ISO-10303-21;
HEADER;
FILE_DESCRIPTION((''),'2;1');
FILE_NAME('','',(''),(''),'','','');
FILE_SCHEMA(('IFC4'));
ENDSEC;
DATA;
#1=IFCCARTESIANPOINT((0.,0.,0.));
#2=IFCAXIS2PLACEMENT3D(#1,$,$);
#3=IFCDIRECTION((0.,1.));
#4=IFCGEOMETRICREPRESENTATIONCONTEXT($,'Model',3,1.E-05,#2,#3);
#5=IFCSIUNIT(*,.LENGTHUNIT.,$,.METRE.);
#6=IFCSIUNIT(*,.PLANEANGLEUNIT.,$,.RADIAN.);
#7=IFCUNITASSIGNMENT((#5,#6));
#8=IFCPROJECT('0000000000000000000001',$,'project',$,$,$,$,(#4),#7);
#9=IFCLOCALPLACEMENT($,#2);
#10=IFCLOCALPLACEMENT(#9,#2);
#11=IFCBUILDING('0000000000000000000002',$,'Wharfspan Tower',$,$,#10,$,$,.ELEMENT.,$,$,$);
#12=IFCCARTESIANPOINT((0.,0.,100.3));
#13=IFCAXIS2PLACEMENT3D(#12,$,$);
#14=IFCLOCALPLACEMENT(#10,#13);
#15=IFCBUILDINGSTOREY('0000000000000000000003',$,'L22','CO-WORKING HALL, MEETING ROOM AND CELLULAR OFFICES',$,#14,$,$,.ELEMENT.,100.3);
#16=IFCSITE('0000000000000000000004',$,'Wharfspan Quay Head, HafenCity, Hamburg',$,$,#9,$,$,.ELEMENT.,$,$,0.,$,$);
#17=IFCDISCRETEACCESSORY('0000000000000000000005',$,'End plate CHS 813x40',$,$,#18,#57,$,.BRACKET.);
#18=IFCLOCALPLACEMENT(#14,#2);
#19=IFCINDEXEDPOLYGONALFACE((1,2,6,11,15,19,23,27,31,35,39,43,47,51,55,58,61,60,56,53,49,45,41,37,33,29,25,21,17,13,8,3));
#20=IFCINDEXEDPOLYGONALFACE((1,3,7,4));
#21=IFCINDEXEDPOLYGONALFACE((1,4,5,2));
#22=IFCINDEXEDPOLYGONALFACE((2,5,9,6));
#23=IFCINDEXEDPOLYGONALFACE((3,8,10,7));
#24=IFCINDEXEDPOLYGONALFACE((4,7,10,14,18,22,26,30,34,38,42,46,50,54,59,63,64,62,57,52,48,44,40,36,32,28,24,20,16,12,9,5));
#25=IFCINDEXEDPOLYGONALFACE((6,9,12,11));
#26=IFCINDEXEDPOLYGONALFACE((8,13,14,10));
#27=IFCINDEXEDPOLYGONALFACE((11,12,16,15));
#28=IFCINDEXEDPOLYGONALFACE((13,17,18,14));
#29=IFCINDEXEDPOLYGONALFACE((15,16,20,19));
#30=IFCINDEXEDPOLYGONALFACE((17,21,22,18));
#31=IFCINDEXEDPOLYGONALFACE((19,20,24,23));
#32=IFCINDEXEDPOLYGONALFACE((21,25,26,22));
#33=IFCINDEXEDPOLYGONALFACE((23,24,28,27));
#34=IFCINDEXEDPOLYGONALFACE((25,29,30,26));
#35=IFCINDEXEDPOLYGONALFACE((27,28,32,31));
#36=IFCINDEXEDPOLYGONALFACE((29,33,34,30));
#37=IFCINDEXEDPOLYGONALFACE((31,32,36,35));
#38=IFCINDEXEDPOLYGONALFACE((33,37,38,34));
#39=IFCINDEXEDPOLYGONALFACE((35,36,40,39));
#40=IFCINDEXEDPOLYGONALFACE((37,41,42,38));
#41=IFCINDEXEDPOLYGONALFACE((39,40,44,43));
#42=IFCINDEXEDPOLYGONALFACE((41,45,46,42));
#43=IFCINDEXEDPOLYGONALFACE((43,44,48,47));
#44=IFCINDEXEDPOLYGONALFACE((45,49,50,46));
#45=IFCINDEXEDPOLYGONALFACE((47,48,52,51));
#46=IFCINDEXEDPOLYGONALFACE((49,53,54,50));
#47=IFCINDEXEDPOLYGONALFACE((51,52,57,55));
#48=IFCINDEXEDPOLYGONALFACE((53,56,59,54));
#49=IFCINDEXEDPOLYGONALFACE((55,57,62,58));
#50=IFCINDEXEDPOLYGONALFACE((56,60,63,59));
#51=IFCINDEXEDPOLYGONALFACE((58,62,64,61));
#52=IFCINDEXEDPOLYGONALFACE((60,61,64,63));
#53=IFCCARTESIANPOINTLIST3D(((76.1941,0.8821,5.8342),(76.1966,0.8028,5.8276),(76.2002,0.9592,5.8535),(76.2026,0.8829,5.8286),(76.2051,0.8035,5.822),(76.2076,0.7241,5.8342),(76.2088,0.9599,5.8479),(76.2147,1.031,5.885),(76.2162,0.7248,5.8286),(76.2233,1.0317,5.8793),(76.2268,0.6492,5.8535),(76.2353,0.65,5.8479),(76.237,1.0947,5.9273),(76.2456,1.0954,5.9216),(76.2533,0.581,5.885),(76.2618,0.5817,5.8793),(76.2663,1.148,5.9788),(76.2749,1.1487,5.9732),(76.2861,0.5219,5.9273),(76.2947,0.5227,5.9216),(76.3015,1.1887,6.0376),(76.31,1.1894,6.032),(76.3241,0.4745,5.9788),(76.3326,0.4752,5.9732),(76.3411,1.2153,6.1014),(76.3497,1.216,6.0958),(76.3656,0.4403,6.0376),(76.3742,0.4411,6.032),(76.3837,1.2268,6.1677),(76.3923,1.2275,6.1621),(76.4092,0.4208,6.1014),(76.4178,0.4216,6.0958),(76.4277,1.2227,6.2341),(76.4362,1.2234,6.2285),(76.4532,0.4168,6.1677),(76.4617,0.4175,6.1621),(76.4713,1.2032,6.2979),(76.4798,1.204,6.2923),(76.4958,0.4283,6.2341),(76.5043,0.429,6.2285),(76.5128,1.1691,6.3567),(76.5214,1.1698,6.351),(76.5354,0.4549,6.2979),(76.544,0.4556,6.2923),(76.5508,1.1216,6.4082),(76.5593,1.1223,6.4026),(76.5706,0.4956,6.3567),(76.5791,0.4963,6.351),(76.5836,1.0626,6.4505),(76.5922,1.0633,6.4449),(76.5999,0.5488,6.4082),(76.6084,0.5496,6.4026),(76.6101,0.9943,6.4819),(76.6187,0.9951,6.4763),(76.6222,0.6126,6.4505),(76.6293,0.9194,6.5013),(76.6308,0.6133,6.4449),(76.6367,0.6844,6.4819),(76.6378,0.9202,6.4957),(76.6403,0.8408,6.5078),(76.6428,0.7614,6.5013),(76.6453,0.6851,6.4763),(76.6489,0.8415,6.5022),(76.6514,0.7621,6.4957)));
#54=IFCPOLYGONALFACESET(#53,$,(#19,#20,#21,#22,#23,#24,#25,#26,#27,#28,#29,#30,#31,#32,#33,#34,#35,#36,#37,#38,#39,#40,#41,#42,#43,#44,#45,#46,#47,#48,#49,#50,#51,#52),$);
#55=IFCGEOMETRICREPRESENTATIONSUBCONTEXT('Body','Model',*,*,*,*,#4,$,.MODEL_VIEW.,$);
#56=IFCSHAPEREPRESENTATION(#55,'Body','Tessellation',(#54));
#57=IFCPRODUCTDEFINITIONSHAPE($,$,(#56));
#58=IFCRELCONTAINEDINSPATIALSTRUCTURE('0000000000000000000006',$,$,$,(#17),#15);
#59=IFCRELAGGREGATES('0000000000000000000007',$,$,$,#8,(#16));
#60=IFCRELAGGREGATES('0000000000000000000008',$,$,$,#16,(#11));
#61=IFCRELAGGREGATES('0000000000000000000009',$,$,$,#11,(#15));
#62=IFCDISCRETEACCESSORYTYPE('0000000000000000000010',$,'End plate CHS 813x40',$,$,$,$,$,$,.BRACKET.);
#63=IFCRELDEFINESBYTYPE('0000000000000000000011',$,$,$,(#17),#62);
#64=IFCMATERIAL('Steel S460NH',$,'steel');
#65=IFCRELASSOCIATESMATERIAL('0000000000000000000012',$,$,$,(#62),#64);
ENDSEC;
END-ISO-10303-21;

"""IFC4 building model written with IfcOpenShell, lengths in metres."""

from ifc_helpers import new_model, si_unit, direction, frame, origin, origin_2d, place, context, subcontext, project, spatial, circle, extrude, material, material_profile, profile_set, type_object, element, save


model = new_model("IFC4")

# Units and contexts
model_context = context("Model", 3, precision=1e-05, world=origin(), true_north=direction((0.0, 1.0)))
body_context = subcontext(model_context, "Body", "Model", "MODEL_VIEW")
ifc_project = project(units=[si_unit("LENGTHUNIT", "METRE"), si_unit("PLANEANGLEUNIT", "RADIAN")], contexts=[model_context])

# Site, building, storey
site_placement = place(None, origin())
site = spatial("IfcSite", under=ifc_project, at=site_placement, Name="Wharfspan Quay Head, HafenCity, Hamburg", CompositionType="ELEMENT", RefElevation=0.0)
building_placement = place(site_placement, origin())
building = spatial("IfcBuilding", under=site, at=building_placement, Name="Wharfspan Tower", CompositionType="ELEMENT")
storey_placement = place(building_placement, frame((0.0, 0.0, 100.3)))
storey = spatial("IfcBuildingStorey", under=building, at=storey_placement, Name="L22", Description="CO-WORKING HALL, MEETING ROOM AND CELLULAR OFFICES", CompositionType="ELEMENT", Elevation=100.3)

# Shared definitions
ifc_material_1 = material(Name="Steel S460NH", Category="steel")

# Discrete accessory
ifc_material_profile_1 = material_profile(ifc_material_1, circle(Radius=0.4065, at=origin_2d()))
ifc_profile_set_1 = profile_set([ifc_material_profile_1], Name="Steel S460NH")
discrete_accessory_type = type_object("IfcDiscreteAccessoryType", Name="End plate CHS 813x40", PredefinedType="BRACKET", material=ifc_profile_set_1)
discrete_accessory_1_placement = place(storey_placement, frame((76.427, 0.8225, 6.1621), z_axis=(-0.83357, -0.071449, 0.547774), x_axis=(0.085401, -0.996343, 0.0)))
element("IfcDiscreteAccessory", 1, at=discrete_accessory_1_placement, inside=storey, type_object=discrete_accessory_type, Name="End plate CHS 813x40", PredefinedType="BRACKET", context=body_context, shape_type="SweptSolid", body=[
    extrude(circle(Radius=0.4065, at=origin_2d()), origin(), (0.0, 0.0, 1.0), 0.0103),
])

save(model, "model.ifc")
